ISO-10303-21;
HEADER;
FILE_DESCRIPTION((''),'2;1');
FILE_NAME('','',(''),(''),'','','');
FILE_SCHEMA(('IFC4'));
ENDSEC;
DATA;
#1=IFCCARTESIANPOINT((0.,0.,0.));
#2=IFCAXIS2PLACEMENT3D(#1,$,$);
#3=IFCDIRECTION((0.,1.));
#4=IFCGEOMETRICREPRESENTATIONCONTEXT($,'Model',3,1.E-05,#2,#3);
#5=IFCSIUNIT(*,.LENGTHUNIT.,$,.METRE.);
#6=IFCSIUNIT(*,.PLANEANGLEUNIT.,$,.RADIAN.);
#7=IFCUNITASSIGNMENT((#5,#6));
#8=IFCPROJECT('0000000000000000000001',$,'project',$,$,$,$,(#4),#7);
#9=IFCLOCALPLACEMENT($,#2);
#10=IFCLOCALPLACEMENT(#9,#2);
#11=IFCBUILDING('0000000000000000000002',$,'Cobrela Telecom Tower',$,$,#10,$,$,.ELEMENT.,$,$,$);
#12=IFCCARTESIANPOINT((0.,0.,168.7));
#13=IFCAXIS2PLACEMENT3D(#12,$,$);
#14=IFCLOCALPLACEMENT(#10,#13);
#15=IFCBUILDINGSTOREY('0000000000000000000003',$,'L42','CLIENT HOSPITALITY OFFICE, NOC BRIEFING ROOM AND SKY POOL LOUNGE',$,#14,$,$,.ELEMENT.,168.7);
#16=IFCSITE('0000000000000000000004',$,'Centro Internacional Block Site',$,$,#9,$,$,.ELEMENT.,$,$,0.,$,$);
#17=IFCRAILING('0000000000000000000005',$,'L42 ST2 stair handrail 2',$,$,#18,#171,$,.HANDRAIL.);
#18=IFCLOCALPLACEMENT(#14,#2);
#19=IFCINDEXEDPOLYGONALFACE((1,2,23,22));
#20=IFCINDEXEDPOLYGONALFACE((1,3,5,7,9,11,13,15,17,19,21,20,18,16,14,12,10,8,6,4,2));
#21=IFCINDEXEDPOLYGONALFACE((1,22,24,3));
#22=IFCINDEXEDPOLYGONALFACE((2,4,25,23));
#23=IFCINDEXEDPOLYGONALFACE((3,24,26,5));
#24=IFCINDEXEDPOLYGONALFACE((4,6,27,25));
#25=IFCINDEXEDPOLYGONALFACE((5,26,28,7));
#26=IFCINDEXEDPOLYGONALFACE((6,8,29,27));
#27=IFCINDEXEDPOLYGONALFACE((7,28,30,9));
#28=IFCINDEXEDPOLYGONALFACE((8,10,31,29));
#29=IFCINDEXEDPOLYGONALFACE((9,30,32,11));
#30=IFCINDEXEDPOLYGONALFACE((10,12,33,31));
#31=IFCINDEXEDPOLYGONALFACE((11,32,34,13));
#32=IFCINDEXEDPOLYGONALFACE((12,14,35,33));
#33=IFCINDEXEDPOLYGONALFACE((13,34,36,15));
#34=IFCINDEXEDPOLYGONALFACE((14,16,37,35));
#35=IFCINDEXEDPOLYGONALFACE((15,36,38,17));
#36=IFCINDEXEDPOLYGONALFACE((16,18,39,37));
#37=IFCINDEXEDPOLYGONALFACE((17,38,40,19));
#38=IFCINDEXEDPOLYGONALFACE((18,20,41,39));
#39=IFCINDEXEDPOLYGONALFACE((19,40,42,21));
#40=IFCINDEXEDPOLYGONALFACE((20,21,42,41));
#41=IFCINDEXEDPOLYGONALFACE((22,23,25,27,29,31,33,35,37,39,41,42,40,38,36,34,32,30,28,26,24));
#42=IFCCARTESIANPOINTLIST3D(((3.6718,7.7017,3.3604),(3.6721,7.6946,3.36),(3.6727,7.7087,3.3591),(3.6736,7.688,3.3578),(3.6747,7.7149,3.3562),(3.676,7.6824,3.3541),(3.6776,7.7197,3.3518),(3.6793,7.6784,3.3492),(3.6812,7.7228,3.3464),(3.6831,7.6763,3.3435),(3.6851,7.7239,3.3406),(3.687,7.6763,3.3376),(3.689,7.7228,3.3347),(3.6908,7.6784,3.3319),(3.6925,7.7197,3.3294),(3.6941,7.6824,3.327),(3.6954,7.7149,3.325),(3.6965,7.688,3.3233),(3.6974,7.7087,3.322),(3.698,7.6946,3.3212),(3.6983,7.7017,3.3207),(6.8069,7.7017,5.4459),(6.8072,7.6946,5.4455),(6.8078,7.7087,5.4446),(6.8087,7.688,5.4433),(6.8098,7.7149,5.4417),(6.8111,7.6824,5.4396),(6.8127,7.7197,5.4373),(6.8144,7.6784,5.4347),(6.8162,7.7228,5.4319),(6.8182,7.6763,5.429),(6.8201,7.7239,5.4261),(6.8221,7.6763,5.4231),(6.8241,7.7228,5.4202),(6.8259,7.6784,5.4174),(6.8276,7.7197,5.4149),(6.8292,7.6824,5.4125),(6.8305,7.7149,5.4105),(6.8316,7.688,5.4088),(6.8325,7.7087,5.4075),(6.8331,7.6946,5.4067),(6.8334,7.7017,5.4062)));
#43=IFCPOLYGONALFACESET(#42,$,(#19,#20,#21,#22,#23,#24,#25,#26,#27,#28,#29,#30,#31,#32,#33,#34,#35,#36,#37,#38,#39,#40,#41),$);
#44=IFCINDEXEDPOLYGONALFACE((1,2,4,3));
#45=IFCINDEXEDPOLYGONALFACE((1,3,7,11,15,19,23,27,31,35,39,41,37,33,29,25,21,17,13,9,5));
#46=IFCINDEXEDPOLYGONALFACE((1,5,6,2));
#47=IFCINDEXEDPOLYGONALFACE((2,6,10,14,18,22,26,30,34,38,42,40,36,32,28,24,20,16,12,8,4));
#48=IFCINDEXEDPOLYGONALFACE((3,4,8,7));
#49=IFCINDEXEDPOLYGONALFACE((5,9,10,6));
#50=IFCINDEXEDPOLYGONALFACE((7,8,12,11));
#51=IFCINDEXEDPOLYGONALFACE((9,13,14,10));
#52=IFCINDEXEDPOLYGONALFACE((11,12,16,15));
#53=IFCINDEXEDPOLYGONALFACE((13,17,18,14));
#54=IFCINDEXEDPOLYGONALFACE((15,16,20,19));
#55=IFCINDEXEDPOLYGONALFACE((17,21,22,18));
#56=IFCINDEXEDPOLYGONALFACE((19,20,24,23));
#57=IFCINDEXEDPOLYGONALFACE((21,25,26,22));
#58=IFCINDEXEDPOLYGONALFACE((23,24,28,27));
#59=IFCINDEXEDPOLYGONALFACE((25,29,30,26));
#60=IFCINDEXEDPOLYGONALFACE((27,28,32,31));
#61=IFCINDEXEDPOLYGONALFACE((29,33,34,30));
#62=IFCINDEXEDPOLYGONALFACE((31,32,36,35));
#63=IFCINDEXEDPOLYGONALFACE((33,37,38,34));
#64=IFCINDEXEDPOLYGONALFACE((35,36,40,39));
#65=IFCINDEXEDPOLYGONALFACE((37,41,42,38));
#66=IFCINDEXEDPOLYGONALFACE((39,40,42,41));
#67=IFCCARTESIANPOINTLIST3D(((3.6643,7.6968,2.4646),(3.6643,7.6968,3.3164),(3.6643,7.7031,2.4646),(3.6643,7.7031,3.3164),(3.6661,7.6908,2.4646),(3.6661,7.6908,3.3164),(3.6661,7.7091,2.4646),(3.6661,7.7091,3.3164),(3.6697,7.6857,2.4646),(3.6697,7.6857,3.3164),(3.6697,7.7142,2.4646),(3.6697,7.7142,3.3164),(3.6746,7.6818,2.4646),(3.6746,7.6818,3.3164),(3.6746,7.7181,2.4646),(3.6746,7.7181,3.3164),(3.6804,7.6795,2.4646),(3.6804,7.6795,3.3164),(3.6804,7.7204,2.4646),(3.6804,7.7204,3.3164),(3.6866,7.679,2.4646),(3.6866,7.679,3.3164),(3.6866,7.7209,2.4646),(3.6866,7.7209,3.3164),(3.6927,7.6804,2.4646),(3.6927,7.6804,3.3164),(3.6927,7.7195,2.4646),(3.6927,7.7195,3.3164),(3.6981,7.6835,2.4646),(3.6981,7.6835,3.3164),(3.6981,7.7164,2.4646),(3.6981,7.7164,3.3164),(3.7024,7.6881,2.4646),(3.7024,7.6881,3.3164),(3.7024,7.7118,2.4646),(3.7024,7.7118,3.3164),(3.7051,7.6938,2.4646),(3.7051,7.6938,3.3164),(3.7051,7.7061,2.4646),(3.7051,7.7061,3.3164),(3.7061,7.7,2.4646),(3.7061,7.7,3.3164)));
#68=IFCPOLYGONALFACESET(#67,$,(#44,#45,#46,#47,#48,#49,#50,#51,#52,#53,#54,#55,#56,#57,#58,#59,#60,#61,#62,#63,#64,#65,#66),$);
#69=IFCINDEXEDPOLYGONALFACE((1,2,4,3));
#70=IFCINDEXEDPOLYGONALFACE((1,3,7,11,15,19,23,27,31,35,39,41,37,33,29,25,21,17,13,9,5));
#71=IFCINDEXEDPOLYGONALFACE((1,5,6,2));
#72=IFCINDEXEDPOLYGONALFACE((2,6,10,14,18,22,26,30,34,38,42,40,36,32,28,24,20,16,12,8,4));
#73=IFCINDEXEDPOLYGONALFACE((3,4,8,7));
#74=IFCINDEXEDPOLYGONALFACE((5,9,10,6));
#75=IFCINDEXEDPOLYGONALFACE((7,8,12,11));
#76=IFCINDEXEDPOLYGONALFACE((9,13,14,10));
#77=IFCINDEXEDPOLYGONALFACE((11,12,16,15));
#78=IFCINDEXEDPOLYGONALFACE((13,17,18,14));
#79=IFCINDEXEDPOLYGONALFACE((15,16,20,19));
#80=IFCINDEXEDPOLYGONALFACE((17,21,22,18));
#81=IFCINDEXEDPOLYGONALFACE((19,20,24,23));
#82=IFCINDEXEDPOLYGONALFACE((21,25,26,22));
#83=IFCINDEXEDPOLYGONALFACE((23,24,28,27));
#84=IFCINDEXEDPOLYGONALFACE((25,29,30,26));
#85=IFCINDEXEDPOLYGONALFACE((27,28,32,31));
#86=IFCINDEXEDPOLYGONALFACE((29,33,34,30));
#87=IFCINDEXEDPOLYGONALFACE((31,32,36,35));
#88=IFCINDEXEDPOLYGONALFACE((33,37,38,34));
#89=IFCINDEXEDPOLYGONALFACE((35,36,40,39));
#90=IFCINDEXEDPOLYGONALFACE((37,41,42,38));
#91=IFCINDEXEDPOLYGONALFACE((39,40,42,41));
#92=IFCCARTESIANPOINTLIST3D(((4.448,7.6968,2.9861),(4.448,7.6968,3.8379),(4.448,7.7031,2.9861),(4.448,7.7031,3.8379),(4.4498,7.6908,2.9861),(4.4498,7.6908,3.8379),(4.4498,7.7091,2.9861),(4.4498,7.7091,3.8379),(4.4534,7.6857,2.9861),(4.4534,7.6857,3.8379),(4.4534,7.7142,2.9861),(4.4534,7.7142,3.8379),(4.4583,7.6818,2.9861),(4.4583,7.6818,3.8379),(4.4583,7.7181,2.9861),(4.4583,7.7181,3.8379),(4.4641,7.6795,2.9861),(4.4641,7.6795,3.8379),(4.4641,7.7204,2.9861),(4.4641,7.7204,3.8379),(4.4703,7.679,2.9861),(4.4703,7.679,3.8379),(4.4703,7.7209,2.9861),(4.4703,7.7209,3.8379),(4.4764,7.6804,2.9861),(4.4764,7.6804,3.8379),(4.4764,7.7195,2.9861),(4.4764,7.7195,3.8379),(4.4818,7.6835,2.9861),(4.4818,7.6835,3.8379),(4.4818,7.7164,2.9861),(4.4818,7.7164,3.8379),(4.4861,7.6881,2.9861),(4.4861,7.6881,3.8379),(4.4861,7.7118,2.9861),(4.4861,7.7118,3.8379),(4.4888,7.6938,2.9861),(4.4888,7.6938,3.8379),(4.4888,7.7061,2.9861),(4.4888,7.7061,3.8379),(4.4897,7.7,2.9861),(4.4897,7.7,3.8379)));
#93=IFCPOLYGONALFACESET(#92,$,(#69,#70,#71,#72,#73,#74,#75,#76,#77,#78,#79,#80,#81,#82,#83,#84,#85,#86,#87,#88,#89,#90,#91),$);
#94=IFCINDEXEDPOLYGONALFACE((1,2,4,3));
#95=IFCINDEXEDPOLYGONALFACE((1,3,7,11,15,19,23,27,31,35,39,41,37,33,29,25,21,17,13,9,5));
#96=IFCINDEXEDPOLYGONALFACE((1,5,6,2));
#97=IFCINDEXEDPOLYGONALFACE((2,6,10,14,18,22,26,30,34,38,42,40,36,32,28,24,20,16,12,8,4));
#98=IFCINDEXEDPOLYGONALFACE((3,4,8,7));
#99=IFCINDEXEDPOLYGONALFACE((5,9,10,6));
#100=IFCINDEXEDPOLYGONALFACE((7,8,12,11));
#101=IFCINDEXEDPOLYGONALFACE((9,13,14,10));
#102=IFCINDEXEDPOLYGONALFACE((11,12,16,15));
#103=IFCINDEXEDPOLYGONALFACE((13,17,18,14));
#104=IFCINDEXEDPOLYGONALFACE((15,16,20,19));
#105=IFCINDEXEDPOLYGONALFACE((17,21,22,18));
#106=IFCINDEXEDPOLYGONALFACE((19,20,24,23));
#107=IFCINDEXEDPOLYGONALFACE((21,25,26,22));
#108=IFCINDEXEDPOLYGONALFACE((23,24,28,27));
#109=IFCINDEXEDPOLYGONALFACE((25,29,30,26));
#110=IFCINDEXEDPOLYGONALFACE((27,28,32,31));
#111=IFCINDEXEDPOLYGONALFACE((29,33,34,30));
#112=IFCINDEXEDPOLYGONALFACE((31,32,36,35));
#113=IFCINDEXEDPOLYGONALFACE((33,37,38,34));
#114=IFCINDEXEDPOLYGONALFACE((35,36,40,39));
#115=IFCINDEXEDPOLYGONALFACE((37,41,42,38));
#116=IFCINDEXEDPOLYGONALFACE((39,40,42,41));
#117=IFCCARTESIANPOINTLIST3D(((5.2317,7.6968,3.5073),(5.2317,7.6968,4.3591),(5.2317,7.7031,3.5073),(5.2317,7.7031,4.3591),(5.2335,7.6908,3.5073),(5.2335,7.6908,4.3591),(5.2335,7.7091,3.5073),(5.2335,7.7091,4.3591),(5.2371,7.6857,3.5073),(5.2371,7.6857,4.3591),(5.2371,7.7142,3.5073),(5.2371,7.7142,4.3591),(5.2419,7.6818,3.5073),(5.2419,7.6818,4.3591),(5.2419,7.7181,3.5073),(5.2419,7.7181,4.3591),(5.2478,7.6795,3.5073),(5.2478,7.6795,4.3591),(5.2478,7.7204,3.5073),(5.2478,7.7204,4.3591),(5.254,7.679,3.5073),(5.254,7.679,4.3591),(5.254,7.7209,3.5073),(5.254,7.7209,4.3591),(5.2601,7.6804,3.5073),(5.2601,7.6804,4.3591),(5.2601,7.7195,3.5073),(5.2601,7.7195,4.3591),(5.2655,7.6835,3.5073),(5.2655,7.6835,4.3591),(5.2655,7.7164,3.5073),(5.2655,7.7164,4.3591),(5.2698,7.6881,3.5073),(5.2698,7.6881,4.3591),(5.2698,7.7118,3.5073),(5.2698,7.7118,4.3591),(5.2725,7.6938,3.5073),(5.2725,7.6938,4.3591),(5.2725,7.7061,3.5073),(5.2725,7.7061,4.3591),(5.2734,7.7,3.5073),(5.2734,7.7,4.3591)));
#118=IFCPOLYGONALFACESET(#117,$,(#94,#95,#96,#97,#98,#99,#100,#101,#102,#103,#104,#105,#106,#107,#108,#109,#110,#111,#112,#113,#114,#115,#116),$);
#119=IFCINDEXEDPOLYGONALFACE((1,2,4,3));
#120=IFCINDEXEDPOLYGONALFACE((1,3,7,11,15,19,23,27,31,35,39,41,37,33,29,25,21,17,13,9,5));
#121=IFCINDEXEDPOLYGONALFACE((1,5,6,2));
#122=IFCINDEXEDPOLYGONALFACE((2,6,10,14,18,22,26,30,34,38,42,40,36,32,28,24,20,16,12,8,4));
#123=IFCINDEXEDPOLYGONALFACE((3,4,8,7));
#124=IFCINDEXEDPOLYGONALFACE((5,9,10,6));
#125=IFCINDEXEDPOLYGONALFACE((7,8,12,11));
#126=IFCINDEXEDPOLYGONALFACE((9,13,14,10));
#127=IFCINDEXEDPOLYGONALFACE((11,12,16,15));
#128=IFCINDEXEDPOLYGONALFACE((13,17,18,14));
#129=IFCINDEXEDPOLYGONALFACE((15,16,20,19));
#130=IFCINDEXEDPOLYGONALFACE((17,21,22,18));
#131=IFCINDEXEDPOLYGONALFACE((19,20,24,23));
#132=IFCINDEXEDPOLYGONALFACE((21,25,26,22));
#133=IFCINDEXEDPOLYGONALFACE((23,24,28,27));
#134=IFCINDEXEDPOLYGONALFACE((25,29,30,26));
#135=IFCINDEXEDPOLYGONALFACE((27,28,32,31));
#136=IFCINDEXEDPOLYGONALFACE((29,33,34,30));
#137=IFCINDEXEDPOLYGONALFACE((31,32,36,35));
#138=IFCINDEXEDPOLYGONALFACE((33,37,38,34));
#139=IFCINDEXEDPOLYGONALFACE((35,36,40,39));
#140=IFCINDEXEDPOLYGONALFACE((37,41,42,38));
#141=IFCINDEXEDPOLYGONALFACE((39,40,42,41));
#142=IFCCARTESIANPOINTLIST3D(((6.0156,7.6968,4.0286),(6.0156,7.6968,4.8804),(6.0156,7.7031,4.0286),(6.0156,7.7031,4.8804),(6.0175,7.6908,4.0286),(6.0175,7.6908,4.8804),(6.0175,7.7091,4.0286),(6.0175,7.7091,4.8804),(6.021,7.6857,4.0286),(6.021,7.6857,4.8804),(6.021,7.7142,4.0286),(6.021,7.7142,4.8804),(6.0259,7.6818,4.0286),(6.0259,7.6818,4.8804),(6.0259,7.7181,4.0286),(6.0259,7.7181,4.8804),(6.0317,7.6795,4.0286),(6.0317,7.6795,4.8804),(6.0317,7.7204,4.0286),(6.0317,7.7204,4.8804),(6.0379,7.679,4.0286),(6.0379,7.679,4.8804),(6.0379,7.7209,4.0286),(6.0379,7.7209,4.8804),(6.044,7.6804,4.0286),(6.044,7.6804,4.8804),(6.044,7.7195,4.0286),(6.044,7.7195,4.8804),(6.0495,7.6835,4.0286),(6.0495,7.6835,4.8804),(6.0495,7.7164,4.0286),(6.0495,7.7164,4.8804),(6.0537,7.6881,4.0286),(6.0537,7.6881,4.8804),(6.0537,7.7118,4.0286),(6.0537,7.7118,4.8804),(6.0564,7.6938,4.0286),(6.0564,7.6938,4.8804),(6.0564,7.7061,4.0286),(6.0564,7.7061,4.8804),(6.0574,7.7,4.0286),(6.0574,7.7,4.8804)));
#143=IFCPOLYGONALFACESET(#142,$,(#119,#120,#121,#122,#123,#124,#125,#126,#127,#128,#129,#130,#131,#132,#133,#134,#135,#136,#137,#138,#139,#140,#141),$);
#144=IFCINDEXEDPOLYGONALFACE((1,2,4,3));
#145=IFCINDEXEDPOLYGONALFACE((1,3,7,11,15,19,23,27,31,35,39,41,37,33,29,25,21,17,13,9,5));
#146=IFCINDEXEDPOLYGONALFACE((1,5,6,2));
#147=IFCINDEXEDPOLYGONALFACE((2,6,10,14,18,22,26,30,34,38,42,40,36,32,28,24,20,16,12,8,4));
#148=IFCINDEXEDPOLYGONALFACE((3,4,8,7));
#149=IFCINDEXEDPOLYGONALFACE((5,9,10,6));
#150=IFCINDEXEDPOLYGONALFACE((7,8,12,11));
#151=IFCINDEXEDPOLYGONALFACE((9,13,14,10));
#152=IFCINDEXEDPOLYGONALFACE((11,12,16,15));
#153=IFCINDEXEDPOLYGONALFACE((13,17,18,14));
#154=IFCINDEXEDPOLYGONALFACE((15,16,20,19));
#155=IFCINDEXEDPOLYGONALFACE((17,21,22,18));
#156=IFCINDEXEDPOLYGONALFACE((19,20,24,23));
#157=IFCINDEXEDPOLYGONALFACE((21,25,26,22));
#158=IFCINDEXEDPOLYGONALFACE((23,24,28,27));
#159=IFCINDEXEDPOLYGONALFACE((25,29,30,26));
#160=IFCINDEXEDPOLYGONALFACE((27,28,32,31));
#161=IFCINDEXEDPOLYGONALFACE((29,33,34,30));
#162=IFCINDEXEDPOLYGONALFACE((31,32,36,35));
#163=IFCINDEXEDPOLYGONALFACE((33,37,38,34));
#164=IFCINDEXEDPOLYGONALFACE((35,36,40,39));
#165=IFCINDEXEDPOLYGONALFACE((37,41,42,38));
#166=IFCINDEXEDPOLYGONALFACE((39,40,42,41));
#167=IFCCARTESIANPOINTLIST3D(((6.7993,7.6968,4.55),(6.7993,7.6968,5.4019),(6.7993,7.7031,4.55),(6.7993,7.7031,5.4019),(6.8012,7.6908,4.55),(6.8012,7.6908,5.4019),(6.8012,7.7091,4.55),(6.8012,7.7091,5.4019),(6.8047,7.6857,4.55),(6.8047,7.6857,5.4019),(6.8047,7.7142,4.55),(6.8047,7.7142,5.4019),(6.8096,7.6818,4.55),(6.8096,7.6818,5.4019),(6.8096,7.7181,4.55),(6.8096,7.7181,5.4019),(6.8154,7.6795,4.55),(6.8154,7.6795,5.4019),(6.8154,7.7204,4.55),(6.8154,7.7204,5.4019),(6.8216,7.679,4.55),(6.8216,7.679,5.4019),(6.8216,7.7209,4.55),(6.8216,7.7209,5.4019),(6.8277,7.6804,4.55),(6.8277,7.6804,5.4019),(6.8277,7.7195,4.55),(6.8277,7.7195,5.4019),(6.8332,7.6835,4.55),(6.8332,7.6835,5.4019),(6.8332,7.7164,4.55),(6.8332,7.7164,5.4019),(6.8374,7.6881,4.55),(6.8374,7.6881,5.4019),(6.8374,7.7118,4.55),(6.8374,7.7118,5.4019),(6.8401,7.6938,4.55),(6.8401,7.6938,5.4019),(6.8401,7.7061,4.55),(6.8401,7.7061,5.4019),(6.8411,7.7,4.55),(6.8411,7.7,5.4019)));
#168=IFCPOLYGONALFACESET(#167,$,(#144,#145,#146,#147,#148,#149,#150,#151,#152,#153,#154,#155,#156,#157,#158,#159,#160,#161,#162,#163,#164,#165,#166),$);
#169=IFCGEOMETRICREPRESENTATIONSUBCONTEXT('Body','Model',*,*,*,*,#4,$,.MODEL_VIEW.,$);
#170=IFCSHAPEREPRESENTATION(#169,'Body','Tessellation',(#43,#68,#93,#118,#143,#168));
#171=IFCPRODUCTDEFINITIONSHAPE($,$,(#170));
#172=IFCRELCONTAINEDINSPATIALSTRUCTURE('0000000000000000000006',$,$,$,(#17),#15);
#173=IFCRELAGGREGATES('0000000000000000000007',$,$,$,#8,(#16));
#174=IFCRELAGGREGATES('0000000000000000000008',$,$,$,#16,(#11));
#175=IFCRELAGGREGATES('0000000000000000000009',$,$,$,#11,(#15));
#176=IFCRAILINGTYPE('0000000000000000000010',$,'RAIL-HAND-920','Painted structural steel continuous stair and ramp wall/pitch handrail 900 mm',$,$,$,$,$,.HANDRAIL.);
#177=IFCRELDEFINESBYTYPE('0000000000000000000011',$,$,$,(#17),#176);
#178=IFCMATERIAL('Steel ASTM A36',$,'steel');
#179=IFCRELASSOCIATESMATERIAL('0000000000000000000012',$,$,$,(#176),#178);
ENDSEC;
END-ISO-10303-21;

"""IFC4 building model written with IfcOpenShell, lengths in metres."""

from ifc_helpers import new_model, si_unit, direction, frame, origin, origin_2d, place, context, subcontext, project, spatial, circle, extrude, material, type_object, element, save


model = new_model("IFC4")

# Units and contexts
model_context = context("Model", 3, precision=1e-05, world=origin(), true_north=direction((0.0, 1.0)))
body_context = subcontext(model_context, "Body", "Model", "MODEL_VIEW")
ifc_project = project(units=[si_unit("LENGTHUNIT", "METRE"), si_unit("PLANEANGLEUNIT", "RADIAN")], contexts=[model_context])

# Site, building, storey
site_placement = place(None, origin())
site = spatial("IfcSite", under=ifc_project, at=site_placement, Name="Centro Internacional Block Site", CompositionType="ELEMENT", RefElevation=0.0)
building_placement = place(site_placement, origin())
building = spatial("IfcBuilding", under=site, at=building_placement, Name="Cobrela Telecom Tower", CompositionType="ELEMENT")
storey_placement = place(building_placement, frame((0.0, 0.0, 168.7)))
storey = spatial("IfcBuildingStorey", under=building, at=storey_placement, Name="L42", Description="CLIENT HOSPITALITY OFFICE, NOC BRIEFING ROOM AND SKY POOL LOUNGE", CompositionType="ELEMENT", Elevation=168.7)

# Shared definitions
ifc_material_1 = material(Name="Steel ASTM A36", Category="steel")

# Railing
railing_type_1 = type_object("IfcRailingType", Name="RAIL-HAND-920", Description="Painted structural steel continuous stair and ramp wall/pitch handrail 900 mm", PredefinedType="HANDRAIL", material=ifc_material_1)
railing_1_placement = place(storey_placement, frame((3.6851, 7.7, 2.4646)))
element("IfcRailing", 1, at=railing_1_placement, inside=storey, type_object=railing_type_1, Name="L42 ST2 stair handrail 2", PredefinedType="HANDRAIL", context=body_context, shape_type="SweptSolid", body=[
    extrude(circle(Radius=0.0239, at=origin_2d()), frame((0.0, 0.0, 0.876), z_axis=(0.832608, 0.0, 0.553862), x_axis=(0.0, 1.0, 0.0)), (0.0, 0.0, 1.0), 3.7654),
    extrude(circle(Radius=0.021, at=origin_2d()), origin(), (0.0, 0.0, 1.0), 0.8518),
    extrude(circle(Radius=0.021, at=origin_2d()), frame((0.7837, 0.0, 0.5215)), (0.0, 0.0, 1.0), 0.8518),
    extrude(circle(Radius=0.021, at=origin_2d()), frame((1.5674, 0.0, 1.0427)), (0.0, 0.0, 1.0), 0.8518),
    extrude(circle(Radius=0.021, at=origin_2d()), frame((2.3513, 0.0, 1.564)), (0.0, 0.0, 1.0), 0.8518),
    extrude(circle(Radius=0.021, at=origin_2d()), frame((3.135, 0.0, 2.0854)), (0.0, 0.0, 1.0), 0.8518),
])

save(model, "model.ifc")
